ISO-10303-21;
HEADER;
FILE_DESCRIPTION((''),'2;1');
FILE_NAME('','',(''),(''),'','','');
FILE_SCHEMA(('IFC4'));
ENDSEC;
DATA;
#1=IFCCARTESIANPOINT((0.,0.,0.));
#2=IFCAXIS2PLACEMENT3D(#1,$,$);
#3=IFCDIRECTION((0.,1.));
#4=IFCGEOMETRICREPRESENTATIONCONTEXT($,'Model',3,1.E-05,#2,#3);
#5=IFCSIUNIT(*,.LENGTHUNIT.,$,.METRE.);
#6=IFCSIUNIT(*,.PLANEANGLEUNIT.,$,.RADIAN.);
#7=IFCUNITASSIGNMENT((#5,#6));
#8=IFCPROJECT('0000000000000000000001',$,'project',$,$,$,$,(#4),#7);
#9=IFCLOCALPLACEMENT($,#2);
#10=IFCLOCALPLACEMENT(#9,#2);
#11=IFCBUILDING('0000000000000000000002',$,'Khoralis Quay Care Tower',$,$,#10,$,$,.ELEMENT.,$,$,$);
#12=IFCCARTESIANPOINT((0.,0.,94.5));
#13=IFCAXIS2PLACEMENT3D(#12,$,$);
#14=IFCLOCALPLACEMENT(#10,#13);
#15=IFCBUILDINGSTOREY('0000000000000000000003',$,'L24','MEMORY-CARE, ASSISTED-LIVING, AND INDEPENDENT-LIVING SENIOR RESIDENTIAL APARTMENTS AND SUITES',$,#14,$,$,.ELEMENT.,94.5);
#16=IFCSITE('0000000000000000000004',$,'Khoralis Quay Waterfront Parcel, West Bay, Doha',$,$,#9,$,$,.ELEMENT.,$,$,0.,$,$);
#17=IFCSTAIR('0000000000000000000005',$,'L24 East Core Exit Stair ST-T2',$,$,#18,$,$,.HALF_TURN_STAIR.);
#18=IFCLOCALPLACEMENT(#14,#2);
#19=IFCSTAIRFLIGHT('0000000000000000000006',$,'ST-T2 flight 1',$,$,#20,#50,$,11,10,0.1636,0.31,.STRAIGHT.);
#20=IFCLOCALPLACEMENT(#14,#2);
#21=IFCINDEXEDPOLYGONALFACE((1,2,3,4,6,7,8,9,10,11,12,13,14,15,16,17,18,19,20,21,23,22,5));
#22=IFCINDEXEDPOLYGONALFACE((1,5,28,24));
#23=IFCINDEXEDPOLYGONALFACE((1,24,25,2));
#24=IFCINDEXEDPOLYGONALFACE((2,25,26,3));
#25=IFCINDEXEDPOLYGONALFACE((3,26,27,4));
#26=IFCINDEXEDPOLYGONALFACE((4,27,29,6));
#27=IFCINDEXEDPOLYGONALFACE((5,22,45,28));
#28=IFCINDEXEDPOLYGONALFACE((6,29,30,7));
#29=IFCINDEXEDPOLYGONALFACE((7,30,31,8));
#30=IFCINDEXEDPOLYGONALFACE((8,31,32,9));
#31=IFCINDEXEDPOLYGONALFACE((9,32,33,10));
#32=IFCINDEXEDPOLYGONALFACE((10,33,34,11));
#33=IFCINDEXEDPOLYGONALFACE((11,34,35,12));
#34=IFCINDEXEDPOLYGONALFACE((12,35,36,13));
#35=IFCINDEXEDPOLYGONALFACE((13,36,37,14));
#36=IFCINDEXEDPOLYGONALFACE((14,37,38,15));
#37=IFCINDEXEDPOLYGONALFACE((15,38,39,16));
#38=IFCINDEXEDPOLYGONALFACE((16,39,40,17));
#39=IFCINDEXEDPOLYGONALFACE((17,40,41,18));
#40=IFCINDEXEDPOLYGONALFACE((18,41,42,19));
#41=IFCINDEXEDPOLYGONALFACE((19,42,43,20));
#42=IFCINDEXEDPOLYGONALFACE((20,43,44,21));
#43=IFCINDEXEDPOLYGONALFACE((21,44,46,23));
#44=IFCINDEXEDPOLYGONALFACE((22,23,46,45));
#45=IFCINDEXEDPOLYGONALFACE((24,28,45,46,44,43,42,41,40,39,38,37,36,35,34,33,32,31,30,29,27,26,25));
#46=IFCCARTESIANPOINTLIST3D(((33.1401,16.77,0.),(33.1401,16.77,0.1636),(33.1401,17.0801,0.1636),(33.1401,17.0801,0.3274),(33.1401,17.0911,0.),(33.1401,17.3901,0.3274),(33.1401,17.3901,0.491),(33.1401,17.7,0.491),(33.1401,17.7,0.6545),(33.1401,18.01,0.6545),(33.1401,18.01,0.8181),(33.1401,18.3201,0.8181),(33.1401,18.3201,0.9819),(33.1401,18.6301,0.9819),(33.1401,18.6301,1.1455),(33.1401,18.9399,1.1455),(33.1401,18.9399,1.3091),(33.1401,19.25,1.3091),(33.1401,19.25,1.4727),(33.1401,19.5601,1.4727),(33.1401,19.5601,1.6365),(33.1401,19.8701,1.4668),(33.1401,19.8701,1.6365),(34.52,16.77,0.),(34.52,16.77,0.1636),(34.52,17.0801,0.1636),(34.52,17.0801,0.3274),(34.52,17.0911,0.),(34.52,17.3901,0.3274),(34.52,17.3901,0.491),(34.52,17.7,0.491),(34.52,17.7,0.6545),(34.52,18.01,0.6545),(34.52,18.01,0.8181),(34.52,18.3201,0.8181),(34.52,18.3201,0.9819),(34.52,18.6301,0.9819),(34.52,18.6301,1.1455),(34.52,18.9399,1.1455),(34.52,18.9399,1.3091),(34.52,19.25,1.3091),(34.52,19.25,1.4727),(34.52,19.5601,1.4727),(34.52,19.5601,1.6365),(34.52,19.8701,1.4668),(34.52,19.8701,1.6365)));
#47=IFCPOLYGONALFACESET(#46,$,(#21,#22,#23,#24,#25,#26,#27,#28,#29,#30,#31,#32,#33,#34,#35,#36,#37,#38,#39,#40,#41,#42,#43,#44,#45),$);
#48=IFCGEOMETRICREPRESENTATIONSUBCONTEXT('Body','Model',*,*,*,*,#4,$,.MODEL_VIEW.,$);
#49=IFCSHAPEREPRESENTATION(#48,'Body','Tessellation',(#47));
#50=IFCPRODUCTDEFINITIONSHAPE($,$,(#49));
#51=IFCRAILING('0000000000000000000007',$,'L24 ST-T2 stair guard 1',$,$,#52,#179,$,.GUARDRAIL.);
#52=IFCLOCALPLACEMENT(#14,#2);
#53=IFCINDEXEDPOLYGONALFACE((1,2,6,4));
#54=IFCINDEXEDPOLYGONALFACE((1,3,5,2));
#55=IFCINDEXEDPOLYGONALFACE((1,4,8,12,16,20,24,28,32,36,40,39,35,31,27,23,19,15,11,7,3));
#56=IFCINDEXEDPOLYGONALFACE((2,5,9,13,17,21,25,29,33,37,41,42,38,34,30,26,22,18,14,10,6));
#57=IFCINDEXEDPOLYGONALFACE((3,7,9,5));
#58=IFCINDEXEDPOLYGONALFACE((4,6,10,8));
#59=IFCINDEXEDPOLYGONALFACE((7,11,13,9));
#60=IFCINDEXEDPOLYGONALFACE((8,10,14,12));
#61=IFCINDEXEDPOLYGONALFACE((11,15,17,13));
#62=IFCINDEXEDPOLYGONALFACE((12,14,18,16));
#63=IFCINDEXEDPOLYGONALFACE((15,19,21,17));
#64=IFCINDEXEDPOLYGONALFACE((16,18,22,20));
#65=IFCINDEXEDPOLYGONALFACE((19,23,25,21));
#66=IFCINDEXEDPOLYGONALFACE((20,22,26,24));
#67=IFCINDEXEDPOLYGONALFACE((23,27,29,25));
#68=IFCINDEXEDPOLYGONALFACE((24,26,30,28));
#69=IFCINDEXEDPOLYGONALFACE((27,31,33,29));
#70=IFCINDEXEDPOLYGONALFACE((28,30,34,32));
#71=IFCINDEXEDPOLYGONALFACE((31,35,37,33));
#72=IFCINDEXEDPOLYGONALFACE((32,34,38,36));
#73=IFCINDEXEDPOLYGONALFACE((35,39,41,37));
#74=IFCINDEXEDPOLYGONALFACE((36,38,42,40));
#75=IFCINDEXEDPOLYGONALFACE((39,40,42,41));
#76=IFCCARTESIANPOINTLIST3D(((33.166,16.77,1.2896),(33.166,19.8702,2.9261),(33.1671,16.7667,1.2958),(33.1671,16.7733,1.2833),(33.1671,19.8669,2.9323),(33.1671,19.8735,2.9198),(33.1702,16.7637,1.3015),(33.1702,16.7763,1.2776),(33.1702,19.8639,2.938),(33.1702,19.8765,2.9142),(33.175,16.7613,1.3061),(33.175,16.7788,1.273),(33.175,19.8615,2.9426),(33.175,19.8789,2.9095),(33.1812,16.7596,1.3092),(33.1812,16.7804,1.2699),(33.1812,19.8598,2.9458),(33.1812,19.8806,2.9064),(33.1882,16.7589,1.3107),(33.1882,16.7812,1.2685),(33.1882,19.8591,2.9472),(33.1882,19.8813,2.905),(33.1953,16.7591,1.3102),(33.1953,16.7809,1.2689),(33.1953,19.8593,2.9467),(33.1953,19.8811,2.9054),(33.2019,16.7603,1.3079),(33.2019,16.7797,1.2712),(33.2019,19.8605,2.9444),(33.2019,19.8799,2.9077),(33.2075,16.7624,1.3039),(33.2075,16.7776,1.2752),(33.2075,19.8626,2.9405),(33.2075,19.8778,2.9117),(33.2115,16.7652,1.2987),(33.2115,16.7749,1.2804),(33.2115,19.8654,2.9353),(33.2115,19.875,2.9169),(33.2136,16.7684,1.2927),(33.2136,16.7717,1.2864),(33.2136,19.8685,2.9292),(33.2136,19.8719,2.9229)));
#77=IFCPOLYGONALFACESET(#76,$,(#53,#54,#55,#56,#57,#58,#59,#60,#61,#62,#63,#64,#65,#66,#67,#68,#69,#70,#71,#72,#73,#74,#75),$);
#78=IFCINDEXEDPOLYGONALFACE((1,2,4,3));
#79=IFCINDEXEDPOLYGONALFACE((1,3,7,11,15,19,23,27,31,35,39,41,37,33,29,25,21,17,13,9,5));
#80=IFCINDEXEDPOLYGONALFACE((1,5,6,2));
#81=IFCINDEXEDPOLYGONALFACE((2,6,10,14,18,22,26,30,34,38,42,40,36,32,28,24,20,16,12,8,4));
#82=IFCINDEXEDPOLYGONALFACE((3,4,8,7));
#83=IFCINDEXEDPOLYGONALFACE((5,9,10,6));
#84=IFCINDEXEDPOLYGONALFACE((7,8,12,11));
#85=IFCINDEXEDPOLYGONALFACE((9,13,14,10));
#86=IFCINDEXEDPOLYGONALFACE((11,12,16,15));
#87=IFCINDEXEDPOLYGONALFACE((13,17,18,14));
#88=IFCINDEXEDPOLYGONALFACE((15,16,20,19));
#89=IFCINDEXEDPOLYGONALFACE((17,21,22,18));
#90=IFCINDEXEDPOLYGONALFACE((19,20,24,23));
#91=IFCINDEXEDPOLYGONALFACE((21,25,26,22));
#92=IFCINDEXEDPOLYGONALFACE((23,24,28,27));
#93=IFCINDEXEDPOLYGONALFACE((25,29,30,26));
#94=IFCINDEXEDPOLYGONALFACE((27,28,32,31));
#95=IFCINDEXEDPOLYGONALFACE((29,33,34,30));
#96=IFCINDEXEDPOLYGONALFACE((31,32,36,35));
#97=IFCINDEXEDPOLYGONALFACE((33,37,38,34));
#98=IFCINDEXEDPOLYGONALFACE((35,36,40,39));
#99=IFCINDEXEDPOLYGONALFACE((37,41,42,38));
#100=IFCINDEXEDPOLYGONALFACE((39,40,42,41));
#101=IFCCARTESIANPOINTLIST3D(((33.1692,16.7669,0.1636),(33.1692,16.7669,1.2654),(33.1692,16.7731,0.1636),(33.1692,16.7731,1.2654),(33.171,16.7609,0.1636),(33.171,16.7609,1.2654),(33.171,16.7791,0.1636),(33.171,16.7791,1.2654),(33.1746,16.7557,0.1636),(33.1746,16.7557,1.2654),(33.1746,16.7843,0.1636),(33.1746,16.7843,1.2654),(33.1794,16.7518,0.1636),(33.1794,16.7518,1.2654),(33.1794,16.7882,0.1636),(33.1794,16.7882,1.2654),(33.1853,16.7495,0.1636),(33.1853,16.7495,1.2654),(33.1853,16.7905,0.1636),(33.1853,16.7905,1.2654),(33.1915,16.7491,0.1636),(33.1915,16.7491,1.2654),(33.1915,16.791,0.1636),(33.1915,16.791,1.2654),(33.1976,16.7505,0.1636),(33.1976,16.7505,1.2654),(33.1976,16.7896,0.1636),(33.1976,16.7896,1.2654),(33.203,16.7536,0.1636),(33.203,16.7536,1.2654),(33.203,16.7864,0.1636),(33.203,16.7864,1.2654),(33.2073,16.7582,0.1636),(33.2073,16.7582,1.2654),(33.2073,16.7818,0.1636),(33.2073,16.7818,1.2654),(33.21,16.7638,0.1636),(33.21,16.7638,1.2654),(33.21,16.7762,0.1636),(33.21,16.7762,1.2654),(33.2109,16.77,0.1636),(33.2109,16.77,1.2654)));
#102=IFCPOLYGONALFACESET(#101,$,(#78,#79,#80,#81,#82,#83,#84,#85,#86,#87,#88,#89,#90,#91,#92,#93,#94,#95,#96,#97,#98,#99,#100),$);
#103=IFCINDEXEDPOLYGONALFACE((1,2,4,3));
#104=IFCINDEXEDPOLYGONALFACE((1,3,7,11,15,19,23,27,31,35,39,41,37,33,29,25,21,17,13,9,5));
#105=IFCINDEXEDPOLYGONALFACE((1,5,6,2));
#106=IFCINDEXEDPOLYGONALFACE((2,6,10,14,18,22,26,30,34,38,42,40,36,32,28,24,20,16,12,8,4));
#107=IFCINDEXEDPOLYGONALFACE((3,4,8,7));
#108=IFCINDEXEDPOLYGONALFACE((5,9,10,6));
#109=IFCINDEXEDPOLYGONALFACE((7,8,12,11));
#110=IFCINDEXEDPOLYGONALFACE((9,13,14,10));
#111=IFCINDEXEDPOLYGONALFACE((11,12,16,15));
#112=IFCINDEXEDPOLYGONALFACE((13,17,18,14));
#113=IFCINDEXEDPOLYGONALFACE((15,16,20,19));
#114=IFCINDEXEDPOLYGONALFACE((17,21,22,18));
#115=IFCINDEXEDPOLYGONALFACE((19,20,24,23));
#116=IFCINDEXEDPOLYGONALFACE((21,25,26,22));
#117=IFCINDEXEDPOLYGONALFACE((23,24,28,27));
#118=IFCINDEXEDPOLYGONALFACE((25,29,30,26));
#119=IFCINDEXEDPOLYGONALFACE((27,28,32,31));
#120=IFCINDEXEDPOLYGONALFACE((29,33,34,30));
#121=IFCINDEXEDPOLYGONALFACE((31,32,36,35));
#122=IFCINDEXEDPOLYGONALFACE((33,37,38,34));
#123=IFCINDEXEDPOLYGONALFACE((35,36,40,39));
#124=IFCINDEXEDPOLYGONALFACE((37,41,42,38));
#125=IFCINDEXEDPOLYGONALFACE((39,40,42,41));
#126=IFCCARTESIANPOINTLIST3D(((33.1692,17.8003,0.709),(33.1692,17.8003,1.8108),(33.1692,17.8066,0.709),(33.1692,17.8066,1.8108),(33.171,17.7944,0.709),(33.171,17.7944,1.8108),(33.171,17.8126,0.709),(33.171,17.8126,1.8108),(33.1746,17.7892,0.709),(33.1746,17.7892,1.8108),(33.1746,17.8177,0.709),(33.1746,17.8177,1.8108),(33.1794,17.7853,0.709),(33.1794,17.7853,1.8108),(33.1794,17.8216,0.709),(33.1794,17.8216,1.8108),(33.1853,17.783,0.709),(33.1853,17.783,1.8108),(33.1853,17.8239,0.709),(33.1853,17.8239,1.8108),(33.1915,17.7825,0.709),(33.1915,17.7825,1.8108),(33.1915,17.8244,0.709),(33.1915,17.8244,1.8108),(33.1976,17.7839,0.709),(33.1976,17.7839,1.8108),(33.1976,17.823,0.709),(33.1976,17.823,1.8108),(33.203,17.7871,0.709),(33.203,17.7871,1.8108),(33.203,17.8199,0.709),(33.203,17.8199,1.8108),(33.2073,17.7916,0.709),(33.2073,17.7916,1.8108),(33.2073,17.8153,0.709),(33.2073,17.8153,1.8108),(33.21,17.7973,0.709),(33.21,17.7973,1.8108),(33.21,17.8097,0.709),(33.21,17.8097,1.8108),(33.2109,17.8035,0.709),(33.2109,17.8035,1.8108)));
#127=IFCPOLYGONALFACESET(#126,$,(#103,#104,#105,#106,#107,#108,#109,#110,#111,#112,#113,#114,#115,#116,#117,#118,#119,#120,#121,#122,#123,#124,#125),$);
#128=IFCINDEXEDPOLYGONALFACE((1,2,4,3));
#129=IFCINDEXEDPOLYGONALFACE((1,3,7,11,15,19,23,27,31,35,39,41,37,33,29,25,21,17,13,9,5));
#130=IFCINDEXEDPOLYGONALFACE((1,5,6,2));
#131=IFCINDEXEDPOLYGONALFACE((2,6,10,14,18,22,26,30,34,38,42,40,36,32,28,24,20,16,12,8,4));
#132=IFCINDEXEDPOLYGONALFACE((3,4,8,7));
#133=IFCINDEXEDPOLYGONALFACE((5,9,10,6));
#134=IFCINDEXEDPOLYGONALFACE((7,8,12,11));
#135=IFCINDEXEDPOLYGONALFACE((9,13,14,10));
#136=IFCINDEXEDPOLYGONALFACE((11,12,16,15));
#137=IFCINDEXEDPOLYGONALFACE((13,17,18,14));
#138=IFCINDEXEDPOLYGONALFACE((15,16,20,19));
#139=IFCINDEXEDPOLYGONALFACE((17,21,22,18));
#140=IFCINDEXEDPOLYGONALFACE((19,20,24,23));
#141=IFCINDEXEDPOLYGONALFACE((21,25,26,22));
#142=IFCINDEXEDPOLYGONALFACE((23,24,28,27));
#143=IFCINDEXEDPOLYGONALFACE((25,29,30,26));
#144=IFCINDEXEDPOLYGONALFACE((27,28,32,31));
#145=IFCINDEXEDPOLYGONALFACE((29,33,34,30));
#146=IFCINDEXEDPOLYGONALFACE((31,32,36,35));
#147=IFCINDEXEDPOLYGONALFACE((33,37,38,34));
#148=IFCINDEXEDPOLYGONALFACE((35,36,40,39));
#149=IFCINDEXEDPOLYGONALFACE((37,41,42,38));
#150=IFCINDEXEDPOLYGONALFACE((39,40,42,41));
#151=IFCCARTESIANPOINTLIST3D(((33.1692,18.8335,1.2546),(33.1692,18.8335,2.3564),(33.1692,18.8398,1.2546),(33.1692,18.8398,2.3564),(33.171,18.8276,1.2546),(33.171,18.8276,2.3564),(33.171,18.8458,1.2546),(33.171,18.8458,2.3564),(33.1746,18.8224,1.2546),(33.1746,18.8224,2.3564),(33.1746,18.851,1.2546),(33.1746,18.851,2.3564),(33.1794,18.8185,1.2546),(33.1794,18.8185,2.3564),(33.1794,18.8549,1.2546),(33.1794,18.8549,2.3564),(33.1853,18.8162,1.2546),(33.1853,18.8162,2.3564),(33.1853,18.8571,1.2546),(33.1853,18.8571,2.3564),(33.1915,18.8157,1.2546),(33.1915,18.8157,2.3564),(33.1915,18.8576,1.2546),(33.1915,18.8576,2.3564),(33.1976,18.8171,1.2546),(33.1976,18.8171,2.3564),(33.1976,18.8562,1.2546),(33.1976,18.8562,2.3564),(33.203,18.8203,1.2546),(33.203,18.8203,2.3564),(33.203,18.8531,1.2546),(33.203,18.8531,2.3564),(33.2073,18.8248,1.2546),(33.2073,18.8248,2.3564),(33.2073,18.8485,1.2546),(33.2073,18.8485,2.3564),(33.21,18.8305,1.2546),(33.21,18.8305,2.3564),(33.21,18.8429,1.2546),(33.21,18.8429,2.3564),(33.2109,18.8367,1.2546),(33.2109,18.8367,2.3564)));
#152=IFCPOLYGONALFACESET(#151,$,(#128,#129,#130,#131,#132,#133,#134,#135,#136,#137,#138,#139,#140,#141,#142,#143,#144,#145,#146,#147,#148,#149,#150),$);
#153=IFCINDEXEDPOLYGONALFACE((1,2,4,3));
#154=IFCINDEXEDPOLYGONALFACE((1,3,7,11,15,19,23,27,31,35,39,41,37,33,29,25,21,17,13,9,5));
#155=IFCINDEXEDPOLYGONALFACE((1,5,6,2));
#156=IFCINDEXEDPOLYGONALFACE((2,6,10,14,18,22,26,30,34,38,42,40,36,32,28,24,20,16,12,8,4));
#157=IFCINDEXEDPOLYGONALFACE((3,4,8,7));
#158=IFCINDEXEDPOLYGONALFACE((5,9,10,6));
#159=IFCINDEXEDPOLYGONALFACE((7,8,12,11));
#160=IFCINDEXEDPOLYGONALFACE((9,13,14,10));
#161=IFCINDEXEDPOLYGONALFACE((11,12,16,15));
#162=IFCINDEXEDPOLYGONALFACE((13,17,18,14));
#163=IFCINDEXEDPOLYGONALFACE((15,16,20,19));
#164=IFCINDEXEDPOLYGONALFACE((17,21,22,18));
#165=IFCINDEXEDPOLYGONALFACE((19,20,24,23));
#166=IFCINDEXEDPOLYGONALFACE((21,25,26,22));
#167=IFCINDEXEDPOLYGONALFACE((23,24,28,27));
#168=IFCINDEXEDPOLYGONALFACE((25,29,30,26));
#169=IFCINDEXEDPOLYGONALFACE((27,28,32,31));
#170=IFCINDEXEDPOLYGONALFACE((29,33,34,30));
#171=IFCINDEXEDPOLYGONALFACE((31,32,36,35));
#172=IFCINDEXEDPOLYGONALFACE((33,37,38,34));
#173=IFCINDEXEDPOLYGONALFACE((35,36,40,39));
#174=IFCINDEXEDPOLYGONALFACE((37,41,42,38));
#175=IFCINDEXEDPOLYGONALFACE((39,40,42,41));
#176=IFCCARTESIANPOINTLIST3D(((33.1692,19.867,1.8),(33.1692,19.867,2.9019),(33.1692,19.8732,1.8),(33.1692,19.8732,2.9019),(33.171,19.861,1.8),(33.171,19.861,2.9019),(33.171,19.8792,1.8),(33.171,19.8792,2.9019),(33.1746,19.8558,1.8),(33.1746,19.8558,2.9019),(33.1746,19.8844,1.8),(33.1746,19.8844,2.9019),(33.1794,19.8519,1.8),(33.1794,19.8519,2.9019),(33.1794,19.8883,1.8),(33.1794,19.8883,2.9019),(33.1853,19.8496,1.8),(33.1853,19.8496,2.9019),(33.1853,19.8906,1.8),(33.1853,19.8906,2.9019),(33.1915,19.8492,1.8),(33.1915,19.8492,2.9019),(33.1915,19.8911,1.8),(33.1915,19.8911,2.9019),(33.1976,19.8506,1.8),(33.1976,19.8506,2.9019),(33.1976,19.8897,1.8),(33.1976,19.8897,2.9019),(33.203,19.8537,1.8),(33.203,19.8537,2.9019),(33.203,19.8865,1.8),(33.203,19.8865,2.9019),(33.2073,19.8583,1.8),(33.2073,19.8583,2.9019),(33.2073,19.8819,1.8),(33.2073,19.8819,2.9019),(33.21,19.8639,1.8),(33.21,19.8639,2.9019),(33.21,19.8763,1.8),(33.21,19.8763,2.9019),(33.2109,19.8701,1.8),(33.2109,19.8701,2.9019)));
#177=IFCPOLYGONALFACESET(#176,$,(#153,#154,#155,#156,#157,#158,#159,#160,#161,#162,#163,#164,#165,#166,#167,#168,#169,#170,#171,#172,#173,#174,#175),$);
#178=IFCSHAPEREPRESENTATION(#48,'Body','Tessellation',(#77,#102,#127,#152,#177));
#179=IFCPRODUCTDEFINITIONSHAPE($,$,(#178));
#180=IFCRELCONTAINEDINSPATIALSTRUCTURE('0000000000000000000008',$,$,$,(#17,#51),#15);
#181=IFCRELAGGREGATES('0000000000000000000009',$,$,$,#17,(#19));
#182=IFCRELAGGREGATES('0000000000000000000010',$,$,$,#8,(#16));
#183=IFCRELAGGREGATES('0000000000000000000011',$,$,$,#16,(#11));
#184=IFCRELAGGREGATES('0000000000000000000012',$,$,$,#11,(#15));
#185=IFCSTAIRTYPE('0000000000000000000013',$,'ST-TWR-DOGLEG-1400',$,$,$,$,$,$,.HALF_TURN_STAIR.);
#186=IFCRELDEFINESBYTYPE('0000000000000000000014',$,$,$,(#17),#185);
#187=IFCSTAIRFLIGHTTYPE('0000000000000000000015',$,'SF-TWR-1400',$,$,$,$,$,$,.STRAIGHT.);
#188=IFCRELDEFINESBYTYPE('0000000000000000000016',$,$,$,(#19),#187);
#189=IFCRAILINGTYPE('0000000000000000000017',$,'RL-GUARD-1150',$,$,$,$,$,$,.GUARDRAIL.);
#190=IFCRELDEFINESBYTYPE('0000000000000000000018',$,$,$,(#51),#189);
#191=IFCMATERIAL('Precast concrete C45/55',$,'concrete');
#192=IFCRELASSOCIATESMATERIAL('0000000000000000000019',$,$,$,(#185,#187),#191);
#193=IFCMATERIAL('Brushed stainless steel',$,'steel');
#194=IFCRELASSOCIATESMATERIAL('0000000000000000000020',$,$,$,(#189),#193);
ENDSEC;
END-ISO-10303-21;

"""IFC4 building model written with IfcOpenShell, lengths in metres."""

from ifc_helpers import new_model, si_unit, direction, frame, origin, origin_2d, place, context, subcontext, project, spatial, polyline, circle, outline, extrude, source, transform, mapped, material, type_object, element, aggregate, save


model = new_model("IFC4")

# Units and contexts
model_context = context("Model", 3, precision=1e-05, world=origin(), true_north=direction((0.0, 1.0)))
body_context = subcontext(model_context, "Body", "Model", "MODEL_VIEW")
ifc_project = project(units=[si_unit("LENGTHUNIT", "METRE"), si_unit("PLANEANGLEUNIT", "RADIAN")], contexts=[model_context])

# Site, building, storey
site_placement = place(None, origin())
site = spatial("IfcSite", under=ifc_project, at=site_placement, Name="Khoralis Quay Waterfront Parcel, West Bay, Doha", CompositionType="ELEMENT", RefElevation=0.0)
building_placement = place(site_placement, origin())
building = spatial("IfcBuilding", under=site, at=building_placement, Name="Khoralis Quay Care Tower", CompositionType="ELEMENT")
storey_placement = place(building_placement, frame((0.0, 0.0, 94.5)))
storey = spatial("IfcBuildingStorey", under=building, at=storey_placement, Name="L24", Description="MEMORY-CARE, ASSISTED-LIVING, AND INDEPENDENT-LIVING SENIOR RESIDENTIAL APARTMENTS AND SUITES", CompositionType="ELEMENT", Elevation=94.5)

# Stair, stair flight
ifc_material_1 = material(Name="Precast concrete C45/55", Category="concrete")
stair_type = type_object("IfcStairType", Name="ST-TWR-DOGLEG-1400", PredefinedType="HALF_TURN_STAIR", material=ifc_material_1)
stair_placement = place(storey_placement, origin())
stair = element("IfcStair", 1, at=stair_placement, inside=storey, type_object=stair_type, Name="L24 East Core Exit Stair ST-T2", PredefinedType="HALF_TURN_STAIR")
stair_flight_type = type_object("IfcStairFlightType", Name="SF-TWR-1400", PredefinedType="STRAIGHT", material=ifc_material_1)
shared_shape_1 = source(origin(), body_context, "Body", "SweptSolid", [
    extrude(outline(polyline([(0.0, 0.0), (0.0, 0.1636), (0.3101, 0.1636), (0.3101, 0.3274), (0.6201, 0.3274), (0.6201, 0.491), (0.9299, 0.491), (0.9299, 0.6545), (1.24, 0.6545), (1.24, 0.8181), (1.55, 0.8181), (1.55, 0.9819), (1.8601, 0.9819), (1.8601, 1.1455), (2.1699, 1.1455), (2.1699, 1.3091), (2.48, 1.3091), (2.48, 1.4727), (2.79, 1.4727), (2.79, 1.6365), (3.1001, 1.6365), (3.1001, 1.8), (3.1001, 1.4668), (0.321, 0.0), (0.0, 0.0)])), frame((0.0, 0.6899, 0.0), z_axis=(0.0, -1.0, 0.0), x_axis=(1.0, 0.0, 0.0)), (0.0, 0.0, 1.0), 1.3799),
])
stair_flight_placement = place(storey_placement, frame((33.8301, 16.77, 0.0), z_axis=(0.0, 0.0, 1.0), x_axis=(0.0, 1.0, 0.0)))
stair_flight = element("IfcStairFlight", 2, at=stair_flight_placement, type_object=stair_flight_type, Name="ST-T2 flight 1", NumberOfRisers=11, NumberOfTreads=10, PredefinedType="STRAIGHT", RiserHeight=0.1636, TreadLength=0.31, context=body_context, shape_type="MappedRepresentation", body=[
    mapped(shared_shape_1, transform((0.0, 0.0, 0.0), scale=1.0)),
])
aggregate(stair, [stair_flight])

# Railing
ifc_material_2 = material(Name="Brushed stainless steel", Category="steel")
railing_type_1 = type_object("IfcRailingType", Name="RL-GUARD-1150", PredefinedType="GUARDRAIL", material=ifc_material_2)
railing_1_placement = place(storey_placement, frame((33.1899, 16.77, 0.1636)))
element("IfcRailing", 3, at=railing_1_placement, inside=storey, type_object=railing_type_1, Name="L24 ST-T2 stair guard 1", PredefinedType="GUARDRAIL", context=body_context, shape_type="SweptSolid", body=[
    extrude(circle(Radius=0.0239, at=origin_2d()), frame((0.0, 0.0, 1.126), z_axis=(0.0, 0.884348, 0.466828), x_axis=(-1.0, 0.0, 0.0)), (0.0, 0.0, 1.0), 3.5056),
    extrude(circle(Radius=0.021, at=origin_2d()), origin(), (0.0, 0.0, 1.0), 1.1018),
    extrude(circle(Radius=0.021, at=origin_2d()), frame((0.0, 1.0334, 0.5454)), (0.0, 0.0, 1.0), 1.1018),
    extrude(circle(Radius=0.021, at=origin_2d()), frame((0.0, 2.0667, 1.0911)), (0.0, 0.0, 1.0), 1.1018),
    extrude(circle(Radius=0.021, at=origin_2d()), frame((0.0, 3.1001, 1.6365)), (0.0, 0.0, 1.0), 1.1018),
])

save(model, "model.ifc")
